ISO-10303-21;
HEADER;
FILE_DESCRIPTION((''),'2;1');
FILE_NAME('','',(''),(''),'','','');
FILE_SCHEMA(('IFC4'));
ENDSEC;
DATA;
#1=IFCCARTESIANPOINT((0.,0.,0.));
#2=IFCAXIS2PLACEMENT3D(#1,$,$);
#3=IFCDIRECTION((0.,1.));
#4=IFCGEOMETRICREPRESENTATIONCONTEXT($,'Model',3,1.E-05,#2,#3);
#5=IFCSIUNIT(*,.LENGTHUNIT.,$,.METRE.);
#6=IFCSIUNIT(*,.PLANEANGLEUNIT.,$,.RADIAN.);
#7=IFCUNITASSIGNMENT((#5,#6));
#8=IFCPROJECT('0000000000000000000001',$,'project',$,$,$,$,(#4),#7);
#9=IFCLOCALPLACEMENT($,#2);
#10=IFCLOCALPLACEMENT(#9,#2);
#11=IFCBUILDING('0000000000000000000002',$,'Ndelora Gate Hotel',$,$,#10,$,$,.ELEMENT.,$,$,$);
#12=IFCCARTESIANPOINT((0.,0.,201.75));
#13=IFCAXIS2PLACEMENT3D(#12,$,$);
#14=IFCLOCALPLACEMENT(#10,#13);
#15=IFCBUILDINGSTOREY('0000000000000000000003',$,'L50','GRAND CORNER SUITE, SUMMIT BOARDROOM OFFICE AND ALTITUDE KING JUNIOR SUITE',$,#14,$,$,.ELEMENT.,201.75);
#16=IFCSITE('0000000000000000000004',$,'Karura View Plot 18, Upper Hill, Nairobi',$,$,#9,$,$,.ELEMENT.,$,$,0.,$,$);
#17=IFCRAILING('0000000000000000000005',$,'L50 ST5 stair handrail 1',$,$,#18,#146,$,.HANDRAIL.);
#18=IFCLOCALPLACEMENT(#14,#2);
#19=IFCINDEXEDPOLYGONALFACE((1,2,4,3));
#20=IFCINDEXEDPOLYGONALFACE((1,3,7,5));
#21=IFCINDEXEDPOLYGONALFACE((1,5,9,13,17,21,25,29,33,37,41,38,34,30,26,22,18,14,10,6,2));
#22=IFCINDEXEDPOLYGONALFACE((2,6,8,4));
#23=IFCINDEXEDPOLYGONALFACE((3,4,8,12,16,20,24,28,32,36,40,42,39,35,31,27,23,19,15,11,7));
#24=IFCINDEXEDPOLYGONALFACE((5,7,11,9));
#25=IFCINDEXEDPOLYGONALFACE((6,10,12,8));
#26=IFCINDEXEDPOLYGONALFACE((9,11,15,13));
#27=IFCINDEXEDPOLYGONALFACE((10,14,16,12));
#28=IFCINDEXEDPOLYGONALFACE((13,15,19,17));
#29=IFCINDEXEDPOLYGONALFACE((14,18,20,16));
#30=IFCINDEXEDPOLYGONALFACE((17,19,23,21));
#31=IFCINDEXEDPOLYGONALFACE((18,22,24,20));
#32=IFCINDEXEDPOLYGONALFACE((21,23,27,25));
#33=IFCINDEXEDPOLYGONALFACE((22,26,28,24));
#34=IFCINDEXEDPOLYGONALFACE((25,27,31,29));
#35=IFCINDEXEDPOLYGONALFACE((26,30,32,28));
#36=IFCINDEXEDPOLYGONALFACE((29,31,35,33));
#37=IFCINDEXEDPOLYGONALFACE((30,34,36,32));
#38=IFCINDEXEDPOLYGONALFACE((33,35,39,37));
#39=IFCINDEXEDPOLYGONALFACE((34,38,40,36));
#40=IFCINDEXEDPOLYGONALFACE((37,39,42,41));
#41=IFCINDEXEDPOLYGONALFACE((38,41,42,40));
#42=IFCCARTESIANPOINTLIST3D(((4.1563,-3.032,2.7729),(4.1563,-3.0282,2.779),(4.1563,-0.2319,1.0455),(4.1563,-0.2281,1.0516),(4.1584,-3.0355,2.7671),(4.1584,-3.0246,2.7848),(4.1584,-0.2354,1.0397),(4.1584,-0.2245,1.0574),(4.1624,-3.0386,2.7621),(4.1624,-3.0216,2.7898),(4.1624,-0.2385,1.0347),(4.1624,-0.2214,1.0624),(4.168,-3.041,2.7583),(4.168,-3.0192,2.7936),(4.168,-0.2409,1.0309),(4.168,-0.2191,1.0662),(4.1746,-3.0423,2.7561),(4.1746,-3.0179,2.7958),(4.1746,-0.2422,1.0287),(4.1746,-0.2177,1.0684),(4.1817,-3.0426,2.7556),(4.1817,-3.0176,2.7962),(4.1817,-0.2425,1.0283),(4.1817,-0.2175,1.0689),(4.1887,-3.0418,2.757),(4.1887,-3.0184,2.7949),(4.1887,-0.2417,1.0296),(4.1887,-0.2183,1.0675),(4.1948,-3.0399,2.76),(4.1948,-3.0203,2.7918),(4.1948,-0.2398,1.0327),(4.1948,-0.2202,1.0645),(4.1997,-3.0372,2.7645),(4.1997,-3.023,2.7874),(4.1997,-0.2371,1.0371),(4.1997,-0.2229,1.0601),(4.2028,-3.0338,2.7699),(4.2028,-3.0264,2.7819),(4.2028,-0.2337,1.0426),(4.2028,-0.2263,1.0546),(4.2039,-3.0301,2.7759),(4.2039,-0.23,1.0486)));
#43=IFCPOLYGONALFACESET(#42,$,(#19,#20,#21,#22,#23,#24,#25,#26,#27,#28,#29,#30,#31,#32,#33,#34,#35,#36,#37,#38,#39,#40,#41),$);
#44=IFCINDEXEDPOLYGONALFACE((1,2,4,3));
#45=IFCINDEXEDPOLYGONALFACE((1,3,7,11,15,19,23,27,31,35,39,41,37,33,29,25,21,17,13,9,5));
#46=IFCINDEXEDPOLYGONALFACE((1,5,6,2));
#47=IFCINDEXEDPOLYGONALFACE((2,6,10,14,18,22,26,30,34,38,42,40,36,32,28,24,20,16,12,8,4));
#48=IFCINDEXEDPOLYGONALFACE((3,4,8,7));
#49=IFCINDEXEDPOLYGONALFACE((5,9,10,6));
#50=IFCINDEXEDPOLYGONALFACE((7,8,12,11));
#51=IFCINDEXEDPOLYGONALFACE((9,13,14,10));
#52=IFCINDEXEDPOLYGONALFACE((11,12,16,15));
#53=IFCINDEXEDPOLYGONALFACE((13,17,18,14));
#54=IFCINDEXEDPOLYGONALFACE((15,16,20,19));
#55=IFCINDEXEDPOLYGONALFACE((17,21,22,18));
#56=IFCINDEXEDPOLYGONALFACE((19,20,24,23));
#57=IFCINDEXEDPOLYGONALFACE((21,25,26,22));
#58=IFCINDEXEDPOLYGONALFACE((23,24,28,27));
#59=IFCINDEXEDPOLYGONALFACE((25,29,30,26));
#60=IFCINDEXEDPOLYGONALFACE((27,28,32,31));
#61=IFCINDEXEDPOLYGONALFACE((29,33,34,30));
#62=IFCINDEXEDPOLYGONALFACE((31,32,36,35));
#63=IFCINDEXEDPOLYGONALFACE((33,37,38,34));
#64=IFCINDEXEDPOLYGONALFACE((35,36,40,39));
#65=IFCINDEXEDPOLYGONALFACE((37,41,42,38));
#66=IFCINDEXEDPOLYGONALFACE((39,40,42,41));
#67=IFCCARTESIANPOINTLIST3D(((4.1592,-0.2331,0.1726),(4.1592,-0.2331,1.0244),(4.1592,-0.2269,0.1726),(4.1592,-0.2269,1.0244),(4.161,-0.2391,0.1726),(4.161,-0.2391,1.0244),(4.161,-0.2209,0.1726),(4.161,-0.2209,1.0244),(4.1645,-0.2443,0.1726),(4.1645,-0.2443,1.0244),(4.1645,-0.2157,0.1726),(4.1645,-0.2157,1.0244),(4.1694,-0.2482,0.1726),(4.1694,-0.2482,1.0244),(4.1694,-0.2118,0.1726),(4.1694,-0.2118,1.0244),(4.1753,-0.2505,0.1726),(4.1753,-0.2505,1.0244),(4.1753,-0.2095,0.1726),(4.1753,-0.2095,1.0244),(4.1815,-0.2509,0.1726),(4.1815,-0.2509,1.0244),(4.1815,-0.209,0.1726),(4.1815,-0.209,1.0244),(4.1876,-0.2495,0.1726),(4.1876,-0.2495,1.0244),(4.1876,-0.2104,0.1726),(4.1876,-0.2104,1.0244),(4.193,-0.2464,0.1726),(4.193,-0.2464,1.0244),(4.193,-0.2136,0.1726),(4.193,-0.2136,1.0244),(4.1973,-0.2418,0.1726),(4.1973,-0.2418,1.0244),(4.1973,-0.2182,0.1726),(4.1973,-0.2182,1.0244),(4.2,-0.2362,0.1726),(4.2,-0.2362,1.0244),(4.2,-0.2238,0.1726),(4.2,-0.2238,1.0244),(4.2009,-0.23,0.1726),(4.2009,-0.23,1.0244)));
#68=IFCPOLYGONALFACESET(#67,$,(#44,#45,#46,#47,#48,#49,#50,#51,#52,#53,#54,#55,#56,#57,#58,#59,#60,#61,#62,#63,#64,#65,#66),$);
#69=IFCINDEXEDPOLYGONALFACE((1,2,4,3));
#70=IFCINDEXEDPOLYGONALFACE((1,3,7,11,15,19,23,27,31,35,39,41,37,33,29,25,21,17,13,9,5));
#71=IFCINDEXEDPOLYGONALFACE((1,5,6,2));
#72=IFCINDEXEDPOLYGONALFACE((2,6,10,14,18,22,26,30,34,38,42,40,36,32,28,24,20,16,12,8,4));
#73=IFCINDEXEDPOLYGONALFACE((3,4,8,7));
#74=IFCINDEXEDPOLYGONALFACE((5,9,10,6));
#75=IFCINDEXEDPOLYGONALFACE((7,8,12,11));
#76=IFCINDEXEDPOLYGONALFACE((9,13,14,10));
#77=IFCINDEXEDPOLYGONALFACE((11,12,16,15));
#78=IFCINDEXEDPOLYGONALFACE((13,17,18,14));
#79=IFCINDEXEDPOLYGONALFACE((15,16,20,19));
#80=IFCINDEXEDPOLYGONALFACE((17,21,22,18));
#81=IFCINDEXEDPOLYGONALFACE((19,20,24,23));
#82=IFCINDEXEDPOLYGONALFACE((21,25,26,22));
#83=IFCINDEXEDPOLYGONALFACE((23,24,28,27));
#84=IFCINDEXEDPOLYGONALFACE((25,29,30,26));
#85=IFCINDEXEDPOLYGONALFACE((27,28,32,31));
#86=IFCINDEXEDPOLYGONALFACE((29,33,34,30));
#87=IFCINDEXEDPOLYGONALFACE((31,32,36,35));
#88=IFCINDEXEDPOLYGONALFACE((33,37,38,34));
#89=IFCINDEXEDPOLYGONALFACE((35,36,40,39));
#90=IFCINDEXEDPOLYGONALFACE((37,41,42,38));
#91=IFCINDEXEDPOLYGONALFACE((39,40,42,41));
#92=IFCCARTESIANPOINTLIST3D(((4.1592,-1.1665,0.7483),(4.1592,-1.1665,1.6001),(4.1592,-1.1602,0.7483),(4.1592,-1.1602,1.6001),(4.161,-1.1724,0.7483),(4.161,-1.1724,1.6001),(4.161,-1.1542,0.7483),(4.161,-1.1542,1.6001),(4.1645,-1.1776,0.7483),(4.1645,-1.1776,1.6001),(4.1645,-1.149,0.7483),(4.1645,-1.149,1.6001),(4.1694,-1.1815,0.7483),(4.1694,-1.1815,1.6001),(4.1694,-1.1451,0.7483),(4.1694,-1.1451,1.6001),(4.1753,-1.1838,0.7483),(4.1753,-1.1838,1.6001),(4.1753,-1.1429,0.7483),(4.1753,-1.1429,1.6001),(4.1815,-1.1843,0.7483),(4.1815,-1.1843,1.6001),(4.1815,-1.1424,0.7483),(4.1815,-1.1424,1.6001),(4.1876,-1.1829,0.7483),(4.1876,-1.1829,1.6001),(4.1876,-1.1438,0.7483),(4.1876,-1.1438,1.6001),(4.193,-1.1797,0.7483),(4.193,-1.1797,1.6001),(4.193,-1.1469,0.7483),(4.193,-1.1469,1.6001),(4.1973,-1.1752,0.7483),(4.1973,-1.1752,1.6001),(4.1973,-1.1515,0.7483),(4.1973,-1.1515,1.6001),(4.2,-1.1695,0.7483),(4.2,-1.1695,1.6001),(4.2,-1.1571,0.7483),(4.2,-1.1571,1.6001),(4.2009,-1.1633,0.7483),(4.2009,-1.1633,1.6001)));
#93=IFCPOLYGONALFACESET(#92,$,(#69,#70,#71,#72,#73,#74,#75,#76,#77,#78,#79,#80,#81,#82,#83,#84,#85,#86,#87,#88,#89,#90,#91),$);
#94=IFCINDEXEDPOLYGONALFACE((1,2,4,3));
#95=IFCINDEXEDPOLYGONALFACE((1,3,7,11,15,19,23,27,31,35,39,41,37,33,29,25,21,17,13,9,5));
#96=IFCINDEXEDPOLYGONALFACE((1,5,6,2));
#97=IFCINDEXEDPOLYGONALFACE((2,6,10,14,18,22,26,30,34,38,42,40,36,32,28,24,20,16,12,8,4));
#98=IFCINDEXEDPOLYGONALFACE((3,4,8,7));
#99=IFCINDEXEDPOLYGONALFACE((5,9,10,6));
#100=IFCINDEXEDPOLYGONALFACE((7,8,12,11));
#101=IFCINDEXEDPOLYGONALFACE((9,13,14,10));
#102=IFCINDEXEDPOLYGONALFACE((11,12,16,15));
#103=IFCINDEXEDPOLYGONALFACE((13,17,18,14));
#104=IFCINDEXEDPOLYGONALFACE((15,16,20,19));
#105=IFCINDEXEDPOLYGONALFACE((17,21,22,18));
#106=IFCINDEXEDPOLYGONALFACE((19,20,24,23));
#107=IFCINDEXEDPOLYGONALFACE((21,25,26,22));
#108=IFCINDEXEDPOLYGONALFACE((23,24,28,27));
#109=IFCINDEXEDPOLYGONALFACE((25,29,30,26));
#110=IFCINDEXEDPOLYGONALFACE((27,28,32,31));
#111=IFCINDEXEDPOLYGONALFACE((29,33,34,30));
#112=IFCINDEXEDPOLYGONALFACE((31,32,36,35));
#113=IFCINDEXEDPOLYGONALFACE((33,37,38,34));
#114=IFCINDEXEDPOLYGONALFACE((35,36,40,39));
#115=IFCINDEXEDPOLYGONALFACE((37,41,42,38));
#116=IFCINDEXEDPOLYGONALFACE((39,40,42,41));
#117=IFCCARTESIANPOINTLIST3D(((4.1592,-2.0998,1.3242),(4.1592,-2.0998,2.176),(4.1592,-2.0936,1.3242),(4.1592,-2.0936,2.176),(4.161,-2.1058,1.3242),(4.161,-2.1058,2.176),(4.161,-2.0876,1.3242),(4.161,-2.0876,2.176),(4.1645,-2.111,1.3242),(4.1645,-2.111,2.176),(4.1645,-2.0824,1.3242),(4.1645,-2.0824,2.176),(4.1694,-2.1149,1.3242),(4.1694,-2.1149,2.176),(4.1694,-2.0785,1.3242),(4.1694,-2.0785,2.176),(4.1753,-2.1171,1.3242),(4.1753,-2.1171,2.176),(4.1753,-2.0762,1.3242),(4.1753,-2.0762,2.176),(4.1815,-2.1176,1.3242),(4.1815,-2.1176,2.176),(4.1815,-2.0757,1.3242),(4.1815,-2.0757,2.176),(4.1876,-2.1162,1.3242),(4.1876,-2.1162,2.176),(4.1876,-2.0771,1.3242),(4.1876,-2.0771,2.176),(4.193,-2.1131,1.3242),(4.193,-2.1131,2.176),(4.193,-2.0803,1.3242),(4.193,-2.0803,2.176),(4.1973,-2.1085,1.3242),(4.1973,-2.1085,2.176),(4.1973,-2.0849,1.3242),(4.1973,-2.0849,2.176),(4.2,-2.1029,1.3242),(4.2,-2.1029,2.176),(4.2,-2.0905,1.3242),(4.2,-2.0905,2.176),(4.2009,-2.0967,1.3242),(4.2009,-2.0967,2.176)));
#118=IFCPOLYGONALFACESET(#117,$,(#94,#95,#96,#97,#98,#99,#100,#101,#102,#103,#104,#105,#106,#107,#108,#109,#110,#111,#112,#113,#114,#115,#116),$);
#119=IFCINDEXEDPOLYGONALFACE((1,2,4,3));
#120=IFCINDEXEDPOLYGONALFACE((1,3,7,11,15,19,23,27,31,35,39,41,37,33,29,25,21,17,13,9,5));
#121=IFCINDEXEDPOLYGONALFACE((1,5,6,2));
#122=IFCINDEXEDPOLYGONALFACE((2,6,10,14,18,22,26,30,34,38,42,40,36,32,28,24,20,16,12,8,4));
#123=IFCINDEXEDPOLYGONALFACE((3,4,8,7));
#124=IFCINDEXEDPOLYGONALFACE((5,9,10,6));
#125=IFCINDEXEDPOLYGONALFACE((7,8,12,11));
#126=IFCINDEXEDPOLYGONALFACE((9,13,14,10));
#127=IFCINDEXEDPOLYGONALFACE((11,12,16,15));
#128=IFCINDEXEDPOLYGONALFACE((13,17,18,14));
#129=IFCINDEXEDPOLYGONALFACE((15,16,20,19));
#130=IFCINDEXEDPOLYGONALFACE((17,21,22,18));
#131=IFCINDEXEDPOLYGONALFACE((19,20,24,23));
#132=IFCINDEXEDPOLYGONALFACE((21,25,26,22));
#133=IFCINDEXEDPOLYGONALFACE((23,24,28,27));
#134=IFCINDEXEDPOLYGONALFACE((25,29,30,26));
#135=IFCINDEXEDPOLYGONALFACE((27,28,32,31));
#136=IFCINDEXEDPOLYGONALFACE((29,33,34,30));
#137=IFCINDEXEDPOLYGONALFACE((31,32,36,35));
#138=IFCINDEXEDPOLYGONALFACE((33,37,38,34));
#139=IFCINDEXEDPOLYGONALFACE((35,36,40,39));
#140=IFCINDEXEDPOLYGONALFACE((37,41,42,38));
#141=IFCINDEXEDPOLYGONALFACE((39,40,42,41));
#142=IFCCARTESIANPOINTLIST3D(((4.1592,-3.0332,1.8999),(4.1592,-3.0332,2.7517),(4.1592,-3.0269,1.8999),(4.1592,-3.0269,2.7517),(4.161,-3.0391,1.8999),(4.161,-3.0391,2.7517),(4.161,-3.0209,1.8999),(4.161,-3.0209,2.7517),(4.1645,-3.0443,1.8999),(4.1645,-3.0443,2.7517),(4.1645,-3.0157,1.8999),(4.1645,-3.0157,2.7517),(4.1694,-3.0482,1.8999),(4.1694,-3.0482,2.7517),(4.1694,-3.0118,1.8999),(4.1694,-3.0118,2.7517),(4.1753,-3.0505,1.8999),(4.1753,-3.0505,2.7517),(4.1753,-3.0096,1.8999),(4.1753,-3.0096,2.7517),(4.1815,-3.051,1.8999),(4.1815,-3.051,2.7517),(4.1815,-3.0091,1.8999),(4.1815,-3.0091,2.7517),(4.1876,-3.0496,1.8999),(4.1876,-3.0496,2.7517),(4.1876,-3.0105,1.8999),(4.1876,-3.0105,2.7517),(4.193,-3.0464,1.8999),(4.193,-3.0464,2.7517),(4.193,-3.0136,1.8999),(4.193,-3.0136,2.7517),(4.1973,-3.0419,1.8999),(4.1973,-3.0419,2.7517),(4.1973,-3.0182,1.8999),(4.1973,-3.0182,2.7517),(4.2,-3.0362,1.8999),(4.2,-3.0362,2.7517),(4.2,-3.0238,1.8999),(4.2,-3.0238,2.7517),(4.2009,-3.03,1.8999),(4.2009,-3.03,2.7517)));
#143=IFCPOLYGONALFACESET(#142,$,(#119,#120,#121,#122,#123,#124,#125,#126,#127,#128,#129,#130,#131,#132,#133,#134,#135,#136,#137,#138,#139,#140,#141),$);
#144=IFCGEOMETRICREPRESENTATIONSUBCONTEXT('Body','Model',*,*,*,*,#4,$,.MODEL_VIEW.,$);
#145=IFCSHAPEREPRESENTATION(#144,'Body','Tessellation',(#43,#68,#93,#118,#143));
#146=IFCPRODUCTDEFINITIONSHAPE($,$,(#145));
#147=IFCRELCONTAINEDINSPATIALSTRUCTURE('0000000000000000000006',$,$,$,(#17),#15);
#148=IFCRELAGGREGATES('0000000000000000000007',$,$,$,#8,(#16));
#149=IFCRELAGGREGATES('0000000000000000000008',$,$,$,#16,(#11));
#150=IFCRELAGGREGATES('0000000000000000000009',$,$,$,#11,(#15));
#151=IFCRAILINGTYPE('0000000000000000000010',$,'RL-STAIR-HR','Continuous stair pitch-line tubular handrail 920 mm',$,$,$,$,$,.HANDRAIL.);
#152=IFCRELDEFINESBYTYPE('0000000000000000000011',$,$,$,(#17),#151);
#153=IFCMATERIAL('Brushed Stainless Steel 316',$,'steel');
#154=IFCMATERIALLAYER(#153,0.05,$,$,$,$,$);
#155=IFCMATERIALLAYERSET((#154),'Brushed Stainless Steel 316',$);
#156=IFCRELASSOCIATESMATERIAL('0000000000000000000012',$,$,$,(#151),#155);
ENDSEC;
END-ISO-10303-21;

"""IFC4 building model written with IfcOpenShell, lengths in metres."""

from ifc_helpers import new_model, si_unit, direction, frame, origin, origin_2d, place, context, subcontext, project, spatial, circle, extrude, material, layer, layer_set, type_object, element, save


model = new_model("IFC4")

# Units and contexts
model_context = context("Model", 3, precision=1e-05, world=origin(), true_north=direction((0.0, 1.0)))
body_context = subcontext(model_context, "Body", "Model", "MODEL_VIEW")
ifc_project = project(units=[si_unit("LENGTHUNIT", "METRE"), si_unit("PLANEANGLEUNIT", "RADIAN")], contexts=[model_context])

# Site, building, storey
site_placement = place(None, origin())
site = spatial("IfcSite", under=ifc_project, at=site_placement, Name="Karura View Plot 18, Upper Hill, Nairobi", CompositionType="ELEMENT", RefElevation=0.0)
building_placement = place(site_placement, origin())
building = spatial("IfcBuilding", under=site, at=building_placement, Name="Ndelora Gate Hotel", CompositionType="ELEMENT")
storey_placement = place(building_placement, frame((0.0, 0.0, 201.75)))
storey = spatial("IfcBuildingStorey", under=building, at=storey_placement, Name="L50", Description="GRAND CORNER SUITE, SUMMIT BOARDROOM OFFICE AND ALTITUDE KING JUNIOR SUITE", CompositionType="ELEMENT", Elevation=201.75)

# Railing
ifc_material_1 = material(Name="Brushed Stainless Steel 316", Category="steel")
ifc_layer_1 = layer(ifc_material_1, 0.05)
ifc_layer_set_1 = layer_set([ifc_layer_1], Name="Brushed Stainless Steel 316")
railing_type_1 = type_object("IfcRailingType", Name="RL-STAIR-HR", Description="Continuous stair pitch-line tubular handrail 920 mm", PredefinedType="HANDRAIL", material=ifc_layer_set_1)
railing_1_placement = place(storey_placement, frame((4.1799, -0.23, 0.1726)))
element("IfcRailing", 1, at=railing_1_placement, inside=storey, type_object=railing_type_1, Name="L50 ST5 stair handrail 1", PredefinedType="HANDRAIL", context=body_context, shape_type="SweptSolid", body=[
    extrude(circle(Radius=0.0239, at=origin_2d()), frame((0.0, 0.0, 0.876), z_axis=(0.0, -0.85109, 0.52502), x_axis=(1.0, 0.0, 0.0)), (0.0, 0.0, 1.0), 3.29),
    extrude(circle(Radius=0.021, at=origin_2d()), origin(), (0.0, 0.0, 1.0), 0.8518),
    extrude(circle(Radius=0.021, at=origin_2d()), frame((0.0, -0.9333, 0.5757)), (0.0, 0.0, 1.0), 0.8518),
    extrude(circle(Radius=0.021, at=origin_2d()), frame((0.0, -1.8667, 1.1516)), (0.0, 0.0, 1.0), 0.8518),
    extrude(circle(Radius=0.021, at=origin_2d()), frame((0.0, -2.8, 1.7273)), (0.0, 0.0, 1.0), 0.8518),
])

save(model, "model.ifc")
